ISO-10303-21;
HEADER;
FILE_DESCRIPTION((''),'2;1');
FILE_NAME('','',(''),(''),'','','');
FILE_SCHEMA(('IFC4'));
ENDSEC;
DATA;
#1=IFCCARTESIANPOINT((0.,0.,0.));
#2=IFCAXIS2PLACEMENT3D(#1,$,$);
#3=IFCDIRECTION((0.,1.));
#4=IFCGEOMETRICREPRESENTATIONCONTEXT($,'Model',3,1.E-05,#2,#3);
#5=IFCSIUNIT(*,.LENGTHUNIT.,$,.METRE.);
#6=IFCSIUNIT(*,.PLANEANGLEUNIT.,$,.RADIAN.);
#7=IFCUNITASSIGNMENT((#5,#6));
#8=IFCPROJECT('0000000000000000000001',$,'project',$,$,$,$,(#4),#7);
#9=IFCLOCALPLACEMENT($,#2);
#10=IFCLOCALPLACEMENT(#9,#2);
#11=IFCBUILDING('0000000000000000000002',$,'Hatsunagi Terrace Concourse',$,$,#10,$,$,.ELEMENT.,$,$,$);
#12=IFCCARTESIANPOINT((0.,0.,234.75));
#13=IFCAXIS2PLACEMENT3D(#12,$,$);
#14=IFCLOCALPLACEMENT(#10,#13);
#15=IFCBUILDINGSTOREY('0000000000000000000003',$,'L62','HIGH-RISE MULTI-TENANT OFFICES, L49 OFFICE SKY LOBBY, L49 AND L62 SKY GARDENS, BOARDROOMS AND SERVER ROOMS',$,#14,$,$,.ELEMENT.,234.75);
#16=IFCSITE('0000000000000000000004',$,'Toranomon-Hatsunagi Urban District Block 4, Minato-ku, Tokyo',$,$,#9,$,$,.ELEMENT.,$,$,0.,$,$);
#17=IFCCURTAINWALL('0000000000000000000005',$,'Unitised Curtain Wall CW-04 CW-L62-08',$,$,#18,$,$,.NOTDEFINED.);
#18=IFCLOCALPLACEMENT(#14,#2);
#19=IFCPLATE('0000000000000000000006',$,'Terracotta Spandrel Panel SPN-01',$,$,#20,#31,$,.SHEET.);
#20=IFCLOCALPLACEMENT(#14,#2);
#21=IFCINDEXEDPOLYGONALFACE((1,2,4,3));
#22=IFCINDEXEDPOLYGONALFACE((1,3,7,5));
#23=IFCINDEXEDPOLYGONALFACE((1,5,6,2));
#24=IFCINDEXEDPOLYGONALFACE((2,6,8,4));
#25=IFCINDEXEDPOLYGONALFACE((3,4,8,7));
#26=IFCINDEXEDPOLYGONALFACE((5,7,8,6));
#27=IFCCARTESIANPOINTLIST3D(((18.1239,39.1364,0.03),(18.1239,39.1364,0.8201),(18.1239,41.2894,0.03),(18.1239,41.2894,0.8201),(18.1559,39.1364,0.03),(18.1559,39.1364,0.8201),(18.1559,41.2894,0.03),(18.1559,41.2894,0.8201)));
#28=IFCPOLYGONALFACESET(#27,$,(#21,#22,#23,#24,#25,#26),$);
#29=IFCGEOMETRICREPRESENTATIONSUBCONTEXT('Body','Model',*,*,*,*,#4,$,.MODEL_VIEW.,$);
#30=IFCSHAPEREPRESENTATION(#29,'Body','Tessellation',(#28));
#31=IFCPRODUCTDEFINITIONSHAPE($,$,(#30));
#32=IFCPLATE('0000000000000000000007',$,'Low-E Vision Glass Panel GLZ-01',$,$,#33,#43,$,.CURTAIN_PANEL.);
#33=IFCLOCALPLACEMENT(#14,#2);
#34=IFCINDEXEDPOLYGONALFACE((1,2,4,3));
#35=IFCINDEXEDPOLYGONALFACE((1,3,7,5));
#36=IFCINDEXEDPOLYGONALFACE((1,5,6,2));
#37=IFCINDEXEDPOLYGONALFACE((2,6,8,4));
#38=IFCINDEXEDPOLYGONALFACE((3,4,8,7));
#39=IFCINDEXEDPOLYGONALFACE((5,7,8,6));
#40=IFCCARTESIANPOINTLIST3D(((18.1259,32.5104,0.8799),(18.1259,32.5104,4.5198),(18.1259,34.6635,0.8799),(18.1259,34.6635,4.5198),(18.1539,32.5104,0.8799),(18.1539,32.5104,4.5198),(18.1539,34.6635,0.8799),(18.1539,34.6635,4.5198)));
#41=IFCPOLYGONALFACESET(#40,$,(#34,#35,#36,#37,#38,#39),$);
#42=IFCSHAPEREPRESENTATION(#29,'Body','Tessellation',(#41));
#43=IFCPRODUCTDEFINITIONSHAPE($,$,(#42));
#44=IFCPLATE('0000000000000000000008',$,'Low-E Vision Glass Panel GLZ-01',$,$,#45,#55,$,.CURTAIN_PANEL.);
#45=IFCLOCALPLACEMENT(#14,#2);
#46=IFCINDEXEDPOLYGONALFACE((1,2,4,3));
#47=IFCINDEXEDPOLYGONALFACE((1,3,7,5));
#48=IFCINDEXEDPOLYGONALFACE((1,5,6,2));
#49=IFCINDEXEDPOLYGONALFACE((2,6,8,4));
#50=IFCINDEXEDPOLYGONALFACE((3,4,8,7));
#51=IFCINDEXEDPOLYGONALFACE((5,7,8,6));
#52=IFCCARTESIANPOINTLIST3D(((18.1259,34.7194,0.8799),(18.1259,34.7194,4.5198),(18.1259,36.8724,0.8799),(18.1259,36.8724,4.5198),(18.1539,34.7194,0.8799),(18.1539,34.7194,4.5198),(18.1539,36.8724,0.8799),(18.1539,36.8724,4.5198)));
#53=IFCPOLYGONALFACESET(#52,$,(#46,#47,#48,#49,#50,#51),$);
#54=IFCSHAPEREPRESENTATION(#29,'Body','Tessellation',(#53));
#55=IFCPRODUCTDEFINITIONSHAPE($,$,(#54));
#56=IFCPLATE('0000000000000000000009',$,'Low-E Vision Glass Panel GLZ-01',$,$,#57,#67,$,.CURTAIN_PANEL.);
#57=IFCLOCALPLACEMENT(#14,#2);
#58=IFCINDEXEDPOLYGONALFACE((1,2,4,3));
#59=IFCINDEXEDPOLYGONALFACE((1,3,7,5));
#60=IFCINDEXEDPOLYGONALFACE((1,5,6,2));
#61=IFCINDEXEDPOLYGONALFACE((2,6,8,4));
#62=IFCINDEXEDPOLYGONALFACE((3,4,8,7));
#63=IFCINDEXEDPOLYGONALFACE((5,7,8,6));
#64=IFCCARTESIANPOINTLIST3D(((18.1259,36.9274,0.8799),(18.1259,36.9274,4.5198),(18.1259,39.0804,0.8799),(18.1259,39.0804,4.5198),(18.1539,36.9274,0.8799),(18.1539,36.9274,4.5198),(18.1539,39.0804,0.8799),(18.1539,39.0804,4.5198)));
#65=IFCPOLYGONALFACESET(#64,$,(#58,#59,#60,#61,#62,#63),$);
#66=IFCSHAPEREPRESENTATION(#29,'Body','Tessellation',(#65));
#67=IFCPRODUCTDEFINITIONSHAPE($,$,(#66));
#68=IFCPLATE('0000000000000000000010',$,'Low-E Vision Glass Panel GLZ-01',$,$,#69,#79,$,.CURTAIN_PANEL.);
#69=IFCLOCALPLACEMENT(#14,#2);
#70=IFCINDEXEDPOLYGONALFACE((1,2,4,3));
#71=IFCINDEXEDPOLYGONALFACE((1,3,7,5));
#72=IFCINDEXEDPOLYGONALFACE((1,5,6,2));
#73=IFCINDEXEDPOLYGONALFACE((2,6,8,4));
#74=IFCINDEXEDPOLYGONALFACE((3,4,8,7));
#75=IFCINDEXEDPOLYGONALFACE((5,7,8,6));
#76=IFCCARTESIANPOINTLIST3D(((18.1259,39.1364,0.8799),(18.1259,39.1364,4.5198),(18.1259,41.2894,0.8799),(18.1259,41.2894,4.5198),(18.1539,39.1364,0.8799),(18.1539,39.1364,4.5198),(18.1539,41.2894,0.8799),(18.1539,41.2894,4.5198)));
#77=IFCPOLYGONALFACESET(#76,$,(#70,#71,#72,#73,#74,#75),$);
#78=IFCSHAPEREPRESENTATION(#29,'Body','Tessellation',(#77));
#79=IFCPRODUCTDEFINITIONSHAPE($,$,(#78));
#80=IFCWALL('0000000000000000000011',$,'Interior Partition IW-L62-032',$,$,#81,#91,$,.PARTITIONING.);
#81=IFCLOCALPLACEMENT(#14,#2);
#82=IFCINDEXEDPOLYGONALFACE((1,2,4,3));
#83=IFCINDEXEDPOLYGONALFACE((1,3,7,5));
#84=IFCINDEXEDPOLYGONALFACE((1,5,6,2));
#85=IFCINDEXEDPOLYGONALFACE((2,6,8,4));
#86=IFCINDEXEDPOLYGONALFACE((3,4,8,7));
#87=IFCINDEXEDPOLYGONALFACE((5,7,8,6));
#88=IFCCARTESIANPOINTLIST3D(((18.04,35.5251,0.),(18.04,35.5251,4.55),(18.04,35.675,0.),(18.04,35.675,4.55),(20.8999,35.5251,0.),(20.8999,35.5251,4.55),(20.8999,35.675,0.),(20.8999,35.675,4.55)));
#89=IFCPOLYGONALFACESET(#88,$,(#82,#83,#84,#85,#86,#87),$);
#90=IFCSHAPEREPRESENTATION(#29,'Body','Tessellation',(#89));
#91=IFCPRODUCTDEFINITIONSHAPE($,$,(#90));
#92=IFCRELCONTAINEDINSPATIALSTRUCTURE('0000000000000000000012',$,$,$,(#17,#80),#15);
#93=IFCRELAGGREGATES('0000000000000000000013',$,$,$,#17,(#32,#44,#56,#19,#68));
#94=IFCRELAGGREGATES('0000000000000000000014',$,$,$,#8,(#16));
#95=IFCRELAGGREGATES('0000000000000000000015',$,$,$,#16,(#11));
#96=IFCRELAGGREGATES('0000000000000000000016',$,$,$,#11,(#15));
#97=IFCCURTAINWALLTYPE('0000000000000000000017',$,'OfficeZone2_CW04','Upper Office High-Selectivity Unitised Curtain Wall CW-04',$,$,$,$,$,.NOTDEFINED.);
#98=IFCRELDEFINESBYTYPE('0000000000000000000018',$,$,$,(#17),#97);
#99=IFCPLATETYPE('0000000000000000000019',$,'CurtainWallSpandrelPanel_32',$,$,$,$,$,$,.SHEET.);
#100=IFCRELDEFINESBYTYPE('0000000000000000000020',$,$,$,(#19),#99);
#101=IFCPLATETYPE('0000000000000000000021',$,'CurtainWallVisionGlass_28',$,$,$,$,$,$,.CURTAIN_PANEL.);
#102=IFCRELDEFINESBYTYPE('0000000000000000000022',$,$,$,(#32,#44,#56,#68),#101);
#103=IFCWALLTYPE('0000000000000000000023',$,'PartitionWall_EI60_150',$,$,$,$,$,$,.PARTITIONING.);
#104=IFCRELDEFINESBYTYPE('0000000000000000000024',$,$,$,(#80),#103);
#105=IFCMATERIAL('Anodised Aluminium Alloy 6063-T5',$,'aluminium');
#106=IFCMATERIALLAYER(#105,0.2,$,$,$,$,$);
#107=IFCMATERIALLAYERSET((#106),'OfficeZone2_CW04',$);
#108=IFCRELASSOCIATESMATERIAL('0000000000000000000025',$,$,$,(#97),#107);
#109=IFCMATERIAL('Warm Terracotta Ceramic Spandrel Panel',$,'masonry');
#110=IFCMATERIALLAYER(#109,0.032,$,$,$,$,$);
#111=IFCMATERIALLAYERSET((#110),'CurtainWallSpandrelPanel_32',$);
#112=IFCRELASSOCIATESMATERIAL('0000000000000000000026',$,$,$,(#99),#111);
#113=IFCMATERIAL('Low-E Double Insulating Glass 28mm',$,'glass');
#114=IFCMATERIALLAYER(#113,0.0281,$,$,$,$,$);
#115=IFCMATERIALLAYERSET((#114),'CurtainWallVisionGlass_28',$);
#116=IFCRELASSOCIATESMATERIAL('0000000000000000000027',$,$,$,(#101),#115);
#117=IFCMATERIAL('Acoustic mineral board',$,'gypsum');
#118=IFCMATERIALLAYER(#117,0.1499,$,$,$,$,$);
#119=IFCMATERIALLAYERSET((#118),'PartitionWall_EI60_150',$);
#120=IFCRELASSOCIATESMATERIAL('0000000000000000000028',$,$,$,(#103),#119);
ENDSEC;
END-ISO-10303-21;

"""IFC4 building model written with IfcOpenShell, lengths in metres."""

from ifc_helpers import new_model, si_unit, direction, frame, frame_2d, origin, origin_2d, place, context, subcontext, project, spatial, rectangle, extrude, material, layer, layer_set, type_object, element, aggregate, save


model = new_model("IFC4")

# Units and contexts
model_context = context("Model", 3, precision=1e-05, world=origin(), true_north=direction((0.0, 1.0)))
body_context = subcontext(model_context, "Body", "Model", "MODEL_VIEW")
ifc_project = project(units=[si_unit("LENGTHUNIT", "METRE"), si_unit("PLANEANGLEUNIT", "RADIAN")], contexts=[model_context])

# Site, building, storey
site_placement = place(None, origin())
site = spatial("IfcSite", under=ifc_project, at=site_placement, Name="Toranomon-Hatsunagi Urban District Block 4, Minato-ku, Tokyo", CompositionType="ELEMENT", RefElevation=0.0)
building_placement = place(site_placement, origin())
building = spatial("IfcBuilding", under=site, at=building_placement, Name="Hatsunagi Terrace Concourse", CompositionType="ELEMENT")
storey_placement = place(building_placement, frame((0.0, 0.0, 234.75)))
storey = spatial("IfcBuildingStorey", under=building, at=storey_placement, Name="L62", Description="HIGH-RISE MULTI-TENANT OFFICES, L49 OFFICE SKY LOBBY, L49 AND L62 SKY GARDENS, BOARDROOMS AND SERVER ROOMS", CompositionType="ELEMENT", Elevation=234.75)

# Curtain wall
ifc_material_1 = material(Name="Anodised Aluminium Alloy 6063-T5", Category="aluminium")
ifc_layer_1 = layer(ifc_material_1, 0.2)
ifc_layer_set_1 = layer_set([ifc_layer_1], Name="OfficeZone2_CW04")
curtain_wall_type = type_object("IfcCurtainWallType", Name="OfficeZone2_CW04", Description="Upper Office High-Selectivity Unitised Curtain Wall CW-04", PredefinedType="NOTDEFINED", material=ifc_layer_set_1)
curtain_wall_placement = place(storey_placement, origin())
curtain_wall = element("IfcCurtainWall", 1, at=curtain_wall_placement, inside=storey, type_object=curtain_wall_type, Name="Unitised Curtain Wall CW-04 CW-L62-08", PredefinedType="NOTDEFINED")

# Plates
ifc_material_2 = material(Name="Warm Terracotta Ceramic Spandrel Panel", Category="masonry")
ifc_layer_2 = layer(ifc_material_2, 0.032)
ifc_layer_set_2 = layer_set([ifc_layer_2], Name="CurtainWallSpandrelPanel_32")
plate_type_1 = type_object("IfcPlateType", Name="CurtainWallSpandrelPanel_32", PredefinedType="SHEET", material=ifc_layer_set_2)
plate_1_placement = place(storey_placement, frame((18.1399, 40.2129, 0.03), z_axis=(0.0, 0.0, 1.0), x_axis=(0.0, 1.0, 0.0)))
plate_1 = element("IfcPlate", 2, at=plate_1_placement, type_object=plate_type_1, Name="Terracotta Spandrel Panel SPN-01", PredefinedType="SHEET", context=body_context, shape_type="SweptSolid", body=[
    extrude(rectangle(XDim=2.1531, YDim=0.032, at=origin_2d()), origin(), (0.0, 0.0, 1.0), 0.79),
])
ifc_material_3 = material(Name="Low-E Double Insulating Glass 28mm", Category="glass")
ifc_layer_3 = layer(ifc_material_3, 0.0281)
ifc_layer_set_3 = layer_set([ifc_layer_3], Name="CurtainWallVisionGlass_28")
plate_type_2 = type_object("IfcPlateType", Name="CurtainWallVisionGlass_28", PredefinedType="CURTAIN_PANEL", material=ifc_layer_set_3)
plate_2_placement = place(storey_placement, frame((18.1399, 33.5869, 0.8799), z_axis=(0.0, 0.0, 1.0), x_axis=(0.0, 1.0, 0.0)))
plate_2 = element("IfcPlate", 3, at=plate_2_placement, type_object=plate_type_2, Name="Low-E Vision Glass Panel GLZ-01", PredefinedType="CURTAIN_PANEL", context=body_context, shape_type="SweptSolid", body=[
    extrude(rectangle(XDim=2.1531, YDim=0.0281, at=origin_2d()), origin(), (0.0, 0.0, 1.0), 3.6399),
])
plate_3_placement = place(storey_placement, frame((18.1399, 35.7959, 0.8799), z_axis=(0.0, 0.0, 1.0), x_axis=(0.0, 1.0, 0.0)))
plate_3 = element("IfcPlate", 4, at=plate_3_placement, type_object=plate_type_2, Name="Low-E Vision Glass Panel GLZ-01", PredefinedType="CURTAIN_PANEL", context=body_context, shape_type="SweptSolid", body=[
    extrude(rectangle(XDim=2.1531, YDim=0.0281, at=origin_2d()), origin(), (0.0, 0.0, 1.0), 3.6399),
])
plate_4_placement = place(storey_placement, frame((18.1399, 38.0039, 0.8799), z_axis=(0.0, 0.0, 1.0), x_axis=(0.0, 1.0, 0.0)))
plate_4 = element("IfcPlate", 5, at=plate_4_placement, type_object=plate_type_2, Name="Low-E Vision Glass Panel GLZ-01", PredefinedType="CURTAIN_PANEL", context=body_context, shape_type="SweptSolid", body=[
    extrude(rectangle(XDim=2.1531, YDim=0.0281, at=origin_2d()), origin(), (0.0, 0.0, 1.0), 3.6399),
])
plate_5_placement = place(storey_placement, frame((18.1399, 40.2129, 0.8799), z_axis=(0.0, 0.0, 1.0), x_axis=(0.0, 1.0, 0.0)))
plate_5 = element("IfcPlate", 6, at=plate_5_placement, type_object=plate_type_2, Name="Low-E Vision Glass Panel GLZ-01", PredefinedType="CURTAIN_PANEL", context=body_context, shape_type="SweptSolid", body=[
    extrude(rectangle(XDim=2.1531, YDim=0.0281, at=origin_2d()), origin(), (0.0, 0.0, 1.0), 3.6399),
])
aggregate(curtain_wall, [plate_2, plate_3, plate_4, plate_1, plate_5])

# Wall
ifc_material_4 = material(Name="Acoustic mineral board", Category="gypsum")
ifc_layer_4 = layer(ifc_material_4, 0.1499)
ifc_layer_set_4 = layer_set([ifc_layer_4], Name="PartitionWall_EI60_150")
wall_type = type_object("IfcWallType", Name="PartitionWall_EI60_150", PredefinedType="PARTITIONING", material=ifc_layer_set_4)
wall_placement = place(storey_placement, frame((18.04, 35.6001, 0.0), z_axis=(0.0, 0.0, 1.0), x_axis=(1.0, 0.0, 0.0)))
element("IfcWall", 7, at=wall_placement, inside=storey, type_object=wall_type, Name="Interior Partition IW-L62-032", PredefinedType="PARTITIONING", context=body_context, shape_type="SweptSolid", body=[
    extrude(rectangle(XDim=2.8599, YDim=0.1499, at=frame_2d((1.4299, 0.0))), origin(), (0.0, 0.0, 1.0), 4.55),
])

save(model, "model.ifc")
